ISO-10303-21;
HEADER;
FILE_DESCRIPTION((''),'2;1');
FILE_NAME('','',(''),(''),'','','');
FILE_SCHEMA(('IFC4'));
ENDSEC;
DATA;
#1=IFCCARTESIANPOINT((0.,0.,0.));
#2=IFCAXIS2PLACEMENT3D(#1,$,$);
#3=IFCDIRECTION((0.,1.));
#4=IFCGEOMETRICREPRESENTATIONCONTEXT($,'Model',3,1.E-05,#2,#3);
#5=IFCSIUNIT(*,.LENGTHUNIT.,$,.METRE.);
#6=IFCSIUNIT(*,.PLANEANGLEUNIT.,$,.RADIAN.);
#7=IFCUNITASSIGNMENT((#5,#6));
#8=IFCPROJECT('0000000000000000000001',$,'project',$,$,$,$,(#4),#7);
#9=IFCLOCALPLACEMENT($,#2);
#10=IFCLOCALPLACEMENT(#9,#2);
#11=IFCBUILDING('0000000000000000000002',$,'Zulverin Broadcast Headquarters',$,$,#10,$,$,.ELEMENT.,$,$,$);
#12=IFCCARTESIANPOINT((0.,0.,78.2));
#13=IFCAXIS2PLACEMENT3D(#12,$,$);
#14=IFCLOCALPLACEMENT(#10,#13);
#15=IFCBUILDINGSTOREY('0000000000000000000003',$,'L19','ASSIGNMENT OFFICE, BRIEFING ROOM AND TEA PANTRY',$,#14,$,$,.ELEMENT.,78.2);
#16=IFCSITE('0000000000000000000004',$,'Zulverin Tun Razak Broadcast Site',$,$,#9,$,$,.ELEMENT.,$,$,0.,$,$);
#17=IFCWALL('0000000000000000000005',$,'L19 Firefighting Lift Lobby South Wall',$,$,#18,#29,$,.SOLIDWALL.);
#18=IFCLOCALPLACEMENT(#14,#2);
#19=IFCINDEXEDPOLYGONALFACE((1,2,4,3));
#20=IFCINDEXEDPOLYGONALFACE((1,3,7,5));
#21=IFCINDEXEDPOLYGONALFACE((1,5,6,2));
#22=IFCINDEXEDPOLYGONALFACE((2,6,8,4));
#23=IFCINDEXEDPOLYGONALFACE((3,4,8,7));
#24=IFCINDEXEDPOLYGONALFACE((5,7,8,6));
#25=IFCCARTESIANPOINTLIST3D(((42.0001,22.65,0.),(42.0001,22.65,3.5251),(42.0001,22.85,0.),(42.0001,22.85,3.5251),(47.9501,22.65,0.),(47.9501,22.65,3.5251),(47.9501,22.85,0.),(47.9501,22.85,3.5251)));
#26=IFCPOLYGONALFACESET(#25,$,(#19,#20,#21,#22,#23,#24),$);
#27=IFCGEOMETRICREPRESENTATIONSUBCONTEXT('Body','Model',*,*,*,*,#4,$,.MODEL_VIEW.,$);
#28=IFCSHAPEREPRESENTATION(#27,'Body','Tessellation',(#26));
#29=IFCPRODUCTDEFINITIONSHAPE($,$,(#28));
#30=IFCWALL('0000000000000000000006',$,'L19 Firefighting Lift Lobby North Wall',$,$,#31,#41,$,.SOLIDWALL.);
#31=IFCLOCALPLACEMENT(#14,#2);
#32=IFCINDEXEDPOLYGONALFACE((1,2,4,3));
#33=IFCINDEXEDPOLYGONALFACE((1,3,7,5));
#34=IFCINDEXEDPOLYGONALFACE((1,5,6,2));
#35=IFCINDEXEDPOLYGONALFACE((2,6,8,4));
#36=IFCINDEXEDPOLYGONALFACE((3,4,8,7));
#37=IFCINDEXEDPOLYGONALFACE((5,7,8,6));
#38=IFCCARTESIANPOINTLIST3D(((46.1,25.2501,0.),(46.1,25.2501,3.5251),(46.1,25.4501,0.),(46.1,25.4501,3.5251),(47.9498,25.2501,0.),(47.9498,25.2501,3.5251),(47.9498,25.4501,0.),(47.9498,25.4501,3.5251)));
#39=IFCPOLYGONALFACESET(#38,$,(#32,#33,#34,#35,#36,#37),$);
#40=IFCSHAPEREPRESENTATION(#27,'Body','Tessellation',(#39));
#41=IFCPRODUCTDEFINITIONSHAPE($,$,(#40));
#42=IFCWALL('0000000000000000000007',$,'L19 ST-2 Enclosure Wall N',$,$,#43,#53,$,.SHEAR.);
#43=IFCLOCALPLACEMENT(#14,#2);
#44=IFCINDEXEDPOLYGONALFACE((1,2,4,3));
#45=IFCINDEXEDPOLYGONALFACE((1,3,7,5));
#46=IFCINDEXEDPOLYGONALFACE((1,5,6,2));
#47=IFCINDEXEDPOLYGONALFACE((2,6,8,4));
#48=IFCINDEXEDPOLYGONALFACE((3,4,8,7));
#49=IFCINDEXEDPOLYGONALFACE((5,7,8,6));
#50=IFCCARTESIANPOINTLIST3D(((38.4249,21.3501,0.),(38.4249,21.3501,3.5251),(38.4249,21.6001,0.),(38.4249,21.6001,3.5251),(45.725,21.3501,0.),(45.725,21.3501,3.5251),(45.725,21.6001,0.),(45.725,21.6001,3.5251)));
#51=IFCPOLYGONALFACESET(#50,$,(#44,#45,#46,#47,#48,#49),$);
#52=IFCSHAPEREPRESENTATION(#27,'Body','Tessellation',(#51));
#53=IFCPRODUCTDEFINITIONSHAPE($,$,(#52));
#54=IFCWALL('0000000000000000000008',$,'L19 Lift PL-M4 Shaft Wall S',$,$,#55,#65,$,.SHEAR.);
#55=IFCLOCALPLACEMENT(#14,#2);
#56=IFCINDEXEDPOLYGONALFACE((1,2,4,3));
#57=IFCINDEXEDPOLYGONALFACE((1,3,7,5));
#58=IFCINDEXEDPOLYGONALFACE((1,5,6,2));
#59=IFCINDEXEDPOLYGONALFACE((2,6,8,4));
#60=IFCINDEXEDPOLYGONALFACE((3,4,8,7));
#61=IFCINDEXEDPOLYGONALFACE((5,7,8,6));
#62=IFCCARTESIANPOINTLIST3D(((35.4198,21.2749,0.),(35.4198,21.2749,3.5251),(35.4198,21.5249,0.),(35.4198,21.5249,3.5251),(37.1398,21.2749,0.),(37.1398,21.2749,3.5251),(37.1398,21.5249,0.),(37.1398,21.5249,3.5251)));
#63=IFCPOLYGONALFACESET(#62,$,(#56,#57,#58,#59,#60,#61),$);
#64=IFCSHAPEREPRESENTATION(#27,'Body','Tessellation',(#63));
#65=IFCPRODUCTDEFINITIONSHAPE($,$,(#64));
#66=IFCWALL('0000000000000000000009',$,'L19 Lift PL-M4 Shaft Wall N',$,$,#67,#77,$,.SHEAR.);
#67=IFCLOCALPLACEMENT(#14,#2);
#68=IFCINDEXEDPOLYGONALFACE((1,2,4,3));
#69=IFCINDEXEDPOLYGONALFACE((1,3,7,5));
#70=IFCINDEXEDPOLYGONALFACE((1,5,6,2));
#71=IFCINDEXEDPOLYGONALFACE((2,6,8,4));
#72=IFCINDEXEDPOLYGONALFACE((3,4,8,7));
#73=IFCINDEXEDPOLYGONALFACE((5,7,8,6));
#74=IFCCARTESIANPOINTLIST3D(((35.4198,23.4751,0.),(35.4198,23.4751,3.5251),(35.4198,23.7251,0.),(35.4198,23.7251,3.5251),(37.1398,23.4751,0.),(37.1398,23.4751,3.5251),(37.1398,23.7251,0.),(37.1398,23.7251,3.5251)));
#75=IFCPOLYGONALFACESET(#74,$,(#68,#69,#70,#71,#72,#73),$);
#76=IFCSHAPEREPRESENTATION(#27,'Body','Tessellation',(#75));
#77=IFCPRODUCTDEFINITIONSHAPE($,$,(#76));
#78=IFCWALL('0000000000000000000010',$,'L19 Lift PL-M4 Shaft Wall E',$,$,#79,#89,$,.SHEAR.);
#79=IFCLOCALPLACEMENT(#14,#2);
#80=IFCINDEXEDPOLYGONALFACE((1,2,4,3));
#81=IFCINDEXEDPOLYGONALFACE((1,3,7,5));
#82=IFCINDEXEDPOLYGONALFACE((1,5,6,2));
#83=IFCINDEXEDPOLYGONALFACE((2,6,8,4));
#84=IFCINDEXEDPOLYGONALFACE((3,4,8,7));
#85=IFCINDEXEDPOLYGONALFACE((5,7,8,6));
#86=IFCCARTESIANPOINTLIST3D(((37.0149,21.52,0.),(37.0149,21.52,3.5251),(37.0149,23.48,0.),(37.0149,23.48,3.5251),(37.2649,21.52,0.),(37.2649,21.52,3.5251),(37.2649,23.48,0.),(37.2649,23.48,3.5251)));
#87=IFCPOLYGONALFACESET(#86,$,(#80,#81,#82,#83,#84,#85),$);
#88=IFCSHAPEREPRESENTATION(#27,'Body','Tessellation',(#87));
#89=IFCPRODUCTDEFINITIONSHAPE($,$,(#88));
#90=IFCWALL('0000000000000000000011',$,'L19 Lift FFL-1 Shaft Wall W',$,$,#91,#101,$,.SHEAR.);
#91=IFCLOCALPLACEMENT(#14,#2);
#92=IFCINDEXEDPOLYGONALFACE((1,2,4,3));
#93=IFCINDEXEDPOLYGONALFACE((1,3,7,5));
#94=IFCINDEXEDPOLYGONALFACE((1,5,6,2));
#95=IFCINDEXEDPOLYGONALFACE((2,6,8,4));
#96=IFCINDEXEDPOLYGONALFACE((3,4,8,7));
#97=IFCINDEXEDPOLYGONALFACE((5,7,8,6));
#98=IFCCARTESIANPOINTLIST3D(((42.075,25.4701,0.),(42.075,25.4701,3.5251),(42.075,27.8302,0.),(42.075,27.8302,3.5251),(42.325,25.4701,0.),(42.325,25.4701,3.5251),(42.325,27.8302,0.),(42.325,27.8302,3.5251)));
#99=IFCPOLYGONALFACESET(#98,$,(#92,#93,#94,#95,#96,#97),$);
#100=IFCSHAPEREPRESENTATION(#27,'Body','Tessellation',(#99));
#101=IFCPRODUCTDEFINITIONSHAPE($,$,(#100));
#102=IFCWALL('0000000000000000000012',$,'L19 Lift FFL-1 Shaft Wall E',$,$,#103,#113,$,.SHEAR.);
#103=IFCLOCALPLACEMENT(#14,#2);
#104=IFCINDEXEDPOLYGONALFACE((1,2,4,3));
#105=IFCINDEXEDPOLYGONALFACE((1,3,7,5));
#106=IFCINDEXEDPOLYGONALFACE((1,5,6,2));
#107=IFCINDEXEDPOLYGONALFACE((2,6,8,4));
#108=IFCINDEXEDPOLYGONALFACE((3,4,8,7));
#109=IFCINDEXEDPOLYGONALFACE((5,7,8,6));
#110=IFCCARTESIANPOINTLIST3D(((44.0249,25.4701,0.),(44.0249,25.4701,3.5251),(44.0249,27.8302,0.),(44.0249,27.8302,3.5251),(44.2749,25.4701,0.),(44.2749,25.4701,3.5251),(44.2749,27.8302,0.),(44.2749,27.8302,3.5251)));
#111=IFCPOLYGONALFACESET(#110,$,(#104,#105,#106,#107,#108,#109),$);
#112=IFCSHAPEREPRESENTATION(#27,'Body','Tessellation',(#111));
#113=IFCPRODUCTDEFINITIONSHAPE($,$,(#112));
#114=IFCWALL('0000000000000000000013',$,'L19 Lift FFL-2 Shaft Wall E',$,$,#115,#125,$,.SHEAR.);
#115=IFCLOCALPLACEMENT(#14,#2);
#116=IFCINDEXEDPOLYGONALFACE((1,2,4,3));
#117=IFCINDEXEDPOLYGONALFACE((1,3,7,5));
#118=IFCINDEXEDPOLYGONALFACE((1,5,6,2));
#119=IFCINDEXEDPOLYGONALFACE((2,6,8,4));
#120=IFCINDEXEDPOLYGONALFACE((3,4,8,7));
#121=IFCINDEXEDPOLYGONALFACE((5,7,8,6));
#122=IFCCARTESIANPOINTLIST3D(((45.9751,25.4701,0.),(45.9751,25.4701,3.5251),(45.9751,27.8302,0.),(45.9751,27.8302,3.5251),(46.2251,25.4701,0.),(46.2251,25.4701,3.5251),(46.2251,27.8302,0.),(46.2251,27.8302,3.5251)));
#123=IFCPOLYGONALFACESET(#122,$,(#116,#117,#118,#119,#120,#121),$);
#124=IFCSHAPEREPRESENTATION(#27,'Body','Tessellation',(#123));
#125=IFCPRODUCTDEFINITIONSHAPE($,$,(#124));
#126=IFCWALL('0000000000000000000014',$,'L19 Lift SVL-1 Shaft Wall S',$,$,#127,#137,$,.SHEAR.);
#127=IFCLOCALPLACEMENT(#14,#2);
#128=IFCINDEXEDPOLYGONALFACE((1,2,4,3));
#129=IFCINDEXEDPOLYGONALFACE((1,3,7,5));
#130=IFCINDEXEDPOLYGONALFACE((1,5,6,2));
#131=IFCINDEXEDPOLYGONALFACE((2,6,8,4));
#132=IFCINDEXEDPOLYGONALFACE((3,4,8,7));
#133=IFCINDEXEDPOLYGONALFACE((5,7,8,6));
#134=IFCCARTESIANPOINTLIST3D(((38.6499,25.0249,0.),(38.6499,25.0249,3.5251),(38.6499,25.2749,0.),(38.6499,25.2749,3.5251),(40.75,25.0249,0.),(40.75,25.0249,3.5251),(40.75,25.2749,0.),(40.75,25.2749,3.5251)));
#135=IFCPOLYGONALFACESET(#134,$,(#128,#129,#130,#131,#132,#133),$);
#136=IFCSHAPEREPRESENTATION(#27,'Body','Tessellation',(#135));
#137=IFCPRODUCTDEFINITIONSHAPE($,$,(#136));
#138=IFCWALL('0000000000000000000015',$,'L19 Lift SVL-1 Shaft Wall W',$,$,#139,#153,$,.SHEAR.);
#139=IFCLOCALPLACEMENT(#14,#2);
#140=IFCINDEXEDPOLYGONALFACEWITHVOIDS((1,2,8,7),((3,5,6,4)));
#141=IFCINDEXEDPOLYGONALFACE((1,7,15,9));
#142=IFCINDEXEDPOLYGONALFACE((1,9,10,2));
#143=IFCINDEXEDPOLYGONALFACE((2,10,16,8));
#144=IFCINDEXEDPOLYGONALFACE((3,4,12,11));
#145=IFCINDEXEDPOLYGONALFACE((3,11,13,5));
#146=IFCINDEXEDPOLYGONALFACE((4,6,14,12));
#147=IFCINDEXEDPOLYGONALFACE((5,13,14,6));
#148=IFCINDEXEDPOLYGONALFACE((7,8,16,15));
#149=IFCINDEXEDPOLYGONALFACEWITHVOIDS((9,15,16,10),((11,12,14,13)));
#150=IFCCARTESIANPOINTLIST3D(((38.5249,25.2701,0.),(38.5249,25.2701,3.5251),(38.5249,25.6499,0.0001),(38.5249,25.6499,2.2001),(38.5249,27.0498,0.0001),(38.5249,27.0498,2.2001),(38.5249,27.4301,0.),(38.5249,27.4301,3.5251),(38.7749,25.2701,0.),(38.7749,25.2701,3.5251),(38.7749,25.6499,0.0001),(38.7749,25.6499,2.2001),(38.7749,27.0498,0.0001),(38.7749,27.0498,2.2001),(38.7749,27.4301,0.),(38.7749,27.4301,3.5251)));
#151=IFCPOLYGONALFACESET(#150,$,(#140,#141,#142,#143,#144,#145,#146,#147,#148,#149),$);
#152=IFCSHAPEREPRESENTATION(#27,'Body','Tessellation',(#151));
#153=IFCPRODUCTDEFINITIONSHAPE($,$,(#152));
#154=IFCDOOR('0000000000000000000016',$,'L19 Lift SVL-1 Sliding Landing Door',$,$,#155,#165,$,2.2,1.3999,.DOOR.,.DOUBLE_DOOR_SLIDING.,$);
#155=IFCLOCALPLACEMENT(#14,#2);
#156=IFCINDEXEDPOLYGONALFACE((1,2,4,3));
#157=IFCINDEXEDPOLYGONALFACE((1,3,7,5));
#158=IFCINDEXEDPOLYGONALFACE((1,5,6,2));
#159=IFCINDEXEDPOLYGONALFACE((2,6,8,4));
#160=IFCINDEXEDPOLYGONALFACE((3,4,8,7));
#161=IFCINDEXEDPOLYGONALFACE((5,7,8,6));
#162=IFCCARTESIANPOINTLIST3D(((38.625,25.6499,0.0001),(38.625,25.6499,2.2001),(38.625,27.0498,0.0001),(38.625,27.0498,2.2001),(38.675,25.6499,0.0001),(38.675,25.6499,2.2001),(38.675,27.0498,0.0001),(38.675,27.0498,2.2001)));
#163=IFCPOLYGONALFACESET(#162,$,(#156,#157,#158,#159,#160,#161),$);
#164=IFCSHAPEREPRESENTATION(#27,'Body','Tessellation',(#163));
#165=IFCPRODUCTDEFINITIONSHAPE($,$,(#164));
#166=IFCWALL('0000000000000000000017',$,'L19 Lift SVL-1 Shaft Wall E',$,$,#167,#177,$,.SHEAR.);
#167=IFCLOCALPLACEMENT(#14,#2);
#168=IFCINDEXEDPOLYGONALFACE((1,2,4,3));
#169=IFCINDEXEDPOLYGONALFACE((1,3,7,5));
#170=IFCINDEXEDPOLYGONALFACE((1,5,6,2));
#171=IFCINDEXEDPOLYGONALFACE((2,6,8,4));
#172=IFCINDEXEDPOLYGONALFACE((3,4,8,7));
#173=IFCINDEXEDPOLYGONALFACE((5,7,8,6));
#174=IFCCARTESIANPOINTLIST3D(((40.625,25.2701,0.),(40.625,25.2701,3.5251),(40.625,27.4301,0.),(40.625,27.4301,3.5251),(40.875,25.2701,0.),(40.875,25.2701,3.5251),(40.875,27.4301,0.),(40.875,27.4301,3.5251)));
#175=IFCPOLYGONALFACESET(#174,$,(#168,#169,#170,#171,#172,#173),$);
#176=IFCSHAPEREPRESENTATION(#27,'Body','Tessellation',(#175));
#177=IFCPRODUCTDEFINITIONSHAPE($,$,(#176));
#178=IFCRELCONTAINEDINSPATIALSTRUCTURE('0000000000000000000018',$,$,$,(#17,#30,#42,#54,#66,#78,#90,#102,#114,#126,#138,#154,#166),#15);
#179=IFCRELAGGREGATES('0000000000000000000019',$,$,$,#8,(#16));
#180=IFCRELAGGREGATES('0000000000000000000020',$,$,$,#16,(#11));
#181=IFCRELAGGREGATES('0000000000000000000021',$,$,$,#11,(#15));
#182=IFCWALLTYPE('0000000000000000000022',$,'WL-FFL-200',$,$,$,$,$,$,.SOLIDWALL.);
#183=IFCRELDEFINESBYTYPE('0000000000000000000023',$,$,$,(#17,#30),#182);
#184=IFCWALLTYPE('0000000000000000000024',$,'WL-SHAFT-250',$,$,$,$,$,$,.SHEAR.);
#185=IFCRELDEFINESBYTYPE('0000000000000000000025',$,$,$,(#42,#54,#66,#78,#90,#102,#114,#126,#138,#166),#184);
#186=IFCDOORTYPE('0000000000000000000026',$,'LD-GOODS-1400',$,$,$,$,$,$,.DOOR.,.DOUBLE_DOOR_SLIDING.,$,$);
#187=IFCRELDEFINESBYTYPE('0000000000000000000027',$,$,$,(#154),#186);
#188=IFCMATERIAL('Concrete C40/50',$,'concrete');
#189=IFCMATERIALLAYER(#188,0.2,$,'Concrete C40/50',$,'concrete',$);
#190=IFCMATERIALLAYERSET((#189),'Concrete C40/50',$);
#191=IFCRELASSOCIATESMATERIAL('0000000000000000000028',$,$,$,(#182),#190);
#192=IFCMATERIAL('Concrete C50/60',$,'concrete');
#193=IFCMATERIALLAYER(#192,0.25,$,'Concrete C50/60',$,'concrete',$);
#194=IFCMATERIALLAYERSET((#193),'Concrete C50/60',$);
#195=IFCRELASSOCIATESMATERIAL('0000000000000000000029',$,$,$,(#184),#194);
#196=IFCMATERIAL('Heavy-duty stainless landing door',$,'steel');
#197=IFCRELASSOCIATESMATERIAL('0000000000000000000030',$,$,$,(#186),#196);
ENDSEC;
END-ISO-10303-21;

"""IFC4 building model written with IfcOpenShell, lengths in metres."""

from ifc_helpers import new_model, si_unit, direction, frame, frame_2d, origin, place, context, subcontext, project, spatial, rectangle, extrude, material, layer, layer_set, type_object, element, fill, save


model = new_model("IFC4")

# Units and contexts
model_context = context("Model", 3, precision=1e-05, world=origin(), true_north=direction((0.0, 1.0)))
body_context = subcontext(model_context, "Body", "Model", "MODEL_VIEW")
ifc_project = project(units=[si_unit("LENGTHUNIT", "METRE"), si_unit("PLANEANGLEUNIT", "RADIAN")], contexts=[model_context])

# Site, building, storey
site_placement = place(None, origin())
site = spatial("IfcSite", under=ifc_project, at=site_placement, Name="Zulverin Tun Razak Broadcast Site", CompositionType="ELEMENT", RefElevation=0.0)
building_placement = place(site_placement, origin())
building = spatial("IfcBuilding", under=site, at=building_placement, Name="Zulverin Broadcast Headquarters", CompositionType="ELEMENT")
storey_placement = place(building_placement, frame((0.0, 0.0, 78.2)))
storey = spatial("IfcBuildingStorey", under=building, at=storey_placement, Name="L19", Description="ASSIGNMENT OFFICE, BRIEFING ROOM AND TEA PANTRY", CompositionType="ELEMENT", Elevation=78.2)

# Shared definitions
ifc_material_1 = material(Name="Concrete C40/50", Category="concrete")
ifc_layer_1 = layer(ifc_material_1, 0.2, Name="Concrete C40/50", Category="concrete")
ifc_layer_set_1 = layer_set([ifc_layer_1], Name="Concrete C40/50")
wall_type_1 = type_object("IfcWallType", Name="WL-FFL-200", PredefinedType="SOLIDWALL", material=ifc_layer_set_1)

# Walls
wall_1_placement = place(storey_placement, frame((42.0, 22.75, 0.0), z_axis=(0.0, 0.0, 1.0), x_axis=(1.0, 0.0, 0.0)))
element("IfcWall", 1, at=wall_1_placement, inside=storey, type_object=wall_type_1, Name="L19 Firefighting Lift Lobby South Wall", PredefinedType="SOLIDWALL", context=body_context, shape_type="SweptSolid", body=[
    extrude(rectangle(XDim=5.95, YDim=0.2, at=frame_2d((2.9751, 0.0))), origin(), (0.0, 0.0, 1.0), 3.5251),
])
wall_2_placement = place(storey_placement, frame((46.1001, 25.3501, 0.0), z_axis=(0.0, 0.0, 1.0), x_axis=(1.0, 0.0, 0.0)))
element("IfcWall", 2, at=wall_2_placement, inside=storey, type_object=wall_type_1, Name="L19 Firefighting Lift Lobby North Wall", PredefinedType="SOLIDWALL", context=body_context, shape_type="SweptSolid", body=[
    extrude(rectangle(XDim=1.8499, YDim=0.2, at=frame_2d((0.9248, 0.0))), origin(), (0.0, 0.0, 1.0), 3.5251),
])
ifc_material_2 = material(Name="Concrete C50/60", Category="concrete")
ifc_layer_2 = layer(ifc_material_2, 0.25, Name="Concrete C50/60", Category="concrete")
ifc_layer_set_2 = layer_set([ifc_layer_2], Name="Concrete C50/60")
wall_type_2 = type_object("IfcWallType", Name="WL-SHAFT-250", PredefinedType="SHEAR", material=ifc_layer_set_2)
wall_3_placement = place(storey_placement, frame((38.425, 21.4751, 0.0), z_axis=(0.0, 0.0, 1.0), x_axis=(1.0, 0.0, 0.0)))
element("IfcWall", 3, at=wall_3_placement, inside=storey, type_object=wall_type_2, Name="L19 ST-2 Enclosure Wall N", PredefinedType="SHEAR", context=body_context, shape_type="SweptSolid", body=[
    extrude(rectangle(XDim=7.3, YDim=0.25, at=frame_2d((3.6499, 0.0))), origin(), (0.0, 0.0, 1.0), 3.5251),
])
for number, where, z_axis, x_axis, name in (
    (4, (35.4199, 21.3999, 0.0), (0.0, 0.0, 1.0), (1.0, 0.0, 0.0), "L19 Lift PL-M4 Shaft Wall S"),
    (5, (35.4199, 23.6001, 0.0), (0.0, 0.0, 1.0), (1.0, 0.0, 0.0), "L19 Lift PL-M4 Shaft Wall N"),
):
    element("IfcWall", number, at=place(storey_placement, frame(where, z_axis=z_axis, x_axis=x_axis)), inside=storey, type_object=wall_type_2, Name=name, PredefinedType="SHEAR", context=body_context, shape_type="SweptSolid", body=[
        extrude(rectangle(XDim=1.72, YDim=0.25, at=frame_2d((0.8599, 0.0))), origin(), (0.0, 0.0, 1.0), 3.5251),
    ])
wall_4_placement = place(storey_placement, frame((37.1399, 21.52, 0.0), z_axis=(0.0, 0.0, 1.0), x_axis=(0.0, 1.0, 0.0)))
element("IfcWall", 6, at=wall_4_placement, inside=storey, type_object=wall_type_2, Name="L19 Lift PL-M4 Shaft Wall E", PredefinedType="SHEAR", context=body_context, shape_type="SweptSolid", body=[
    extrude(rectangle(XDim=1.96, YDim=0.25, at=frame_2d((0.98, 0.0))), origin(), (0.0, 0.0, 1.0), 3.5251),
])

# Walls
for number, where, z_axis, x_axis, name in (
    (7, (42.2, 25.47, 0.0), (0.0, 0.0, 1.0), (0.0, 1.0, 0.0), "L19 Lift FFL-1 Shaft Wall W"),
    (8, (44.1499, 25.47, 0.0), (0.0, 0.0, 1.0), (0.0, 1.0, 0.0), "L19 Lift FFL-1 Shaft Wall E"),
):
    element("IfcWall", number, at=place(storey_placement, frame(where, z_axis=z_axis, x_axis=x_axis)), inside=storey, type_object=wall_type_2, Name=name, PredefinedType="SHEAR", context=body_context, shape_type="SweptSolid", body=[
        extrude(rectangle(XDim=2.3601, YDim=0.25, at=frame_2d((1.1802, 0.0))), origin(), (0.0, 0.0, 1.0), 3.5251),
    ])

# Walls
wall_5_placement = place(storey_placement, frame((46.1001, 25.47, 0.0), z_axis=(0.0, 0.0, 1.0), x_axis=(0.0, 1.0, 0.0)))
element("IfcWall", 9, at=wall_5_placement, inside=storey, type_object=wall_type_2, Name="L19 Lift FFL-2 Shaft Wall E", PredefinedType="SHEAR", context=body_context, shape_type="SweptSolid", body=[
    extrude(rectangle(XDim=2.3601, YDim=0.25, at=frame_2d((1.1802, 0.0))), origin(), (0.0, 0.0, 1.0), 3.5251),
])
wall_6_placement = place(storey_placement, frame((38.6499, 25.1499, 0.0), z_axis=(0.0, 0.0, 1.0), x_axis=(1.0, 0.0, 0.0)))
element("IfcWall", 10, at=wall_6_placement, inside=storey, type_object=wall_type_2, Name="L19 Lift SVL-1 Shaft Wall S", PredefinedType="SHEAR", context=body_context, shape_type="SweptSolid", body=[
    extrude(rectangle(XDim=2.1001, YDim=0.25, at=frame_2d((1.05, 0.0))), origin(), (0.0, 0.0, 1.0), 3.5251),
])

# Wall, opening, door
wall_7_placement = place(storey_placement, frame((38.6499, 25.27, 0.0), z_axis=(0.0, 0.0, 1.0), x_axis=(0.0, 1.0, 0.0)))
wall_7 = element("IfcWall", 11, at=wall_7_placement, inside=storey, type_object=wall_type_2, Name="L19 Lift SVL-1 Shaft Wall W", PredefinedType="SHEAR", context=body_context, shape_type="SweptSolid", body=[
    extrude(rectangle(XDim=2.1599, YDim=0.25, at=frame_2d((1.0801, 0.0))), origin(), (0.0, 0.0, 1.0), 3.5251),
])
opening_1_placement = place(wall_7_placement, frame((0.3799, 0.0, 0.0)))
opening_1 = element("IfcOpeningElement", 12, at=opening_1_placement, cuts=wall_7, PredefinedType="OPENING", context=body_context, shape_type="SweptSolid", body=[
    extrude(rectangle(XDim=1.3999, YDim=2.2, at=frame_2d((0.7, 1.1001))), frame((0.0, 0.135, 0.0), z_axis=(0.0, -1.0, 0.0), x_axis=(1.0, 0.0, 0.0)), (0.0, 0.0, 1.0), 0.27),
])
ifc_material_3 = material(Name="Heavy-duty stainless landing door", Category="steel")
door_type_1 = type_object("IfcDoorType", Name="LD-GOODS-1400", OperationType="DOUBLE_DOOR_SLIDING", PredefinedType="DOOR", material=ifc_material_3)
door_1_placement = place(opening_1_placement, origin())
door_1 = element("IfcDoor", 13, at=door_1_placement, inside=storey, type_object=door_type_1, Name="L19 Lift SVL-1 Sliding Landing Door", OperationType="DOUBLE_DOOR_SLIDING", OverallHeight=2.2, OverallWidth=1.3999, PredefinedType="DOOR", context=body_context, shape_type="SweptSolid", body=[
    extrude(rectangle(XDim=1.3999, YDim=2.2, at=frame_2d((0.7, 1.1001))), frame((0.0, 0.0249, 0.0), z_axis=(0.0, -1.0, 0.0), x_axis=(1.0, 0.0, 0.0)), (0.0, 0.0, 1.0), 0.05),
])
fill(opening_1, door_1)

# Wall
wall_8_placement = place(storey_placement, frame((40.75, 25.27, 0.0), z_axis=(0.0, 0.0, 1.0), x_axis=(0.0, 1.0, 0.0)))
element("IfcWall", 14, at=wall_8_placement, inside=storey, type_object=wall_type_2, Name="L19 Lift SVL-1 Shaft Wall E", PredefinedType="SHEAR", context=body_context, shape_type="SweptSolid", body=[
    extrude(rectangle(XDim=2.1599, YDim=0.25, at=frame_2d((1.0801, 0.0))), origin(), (0.0, 0.0, 1.0), 3.5251),
])

save(model, "model.ifc")
